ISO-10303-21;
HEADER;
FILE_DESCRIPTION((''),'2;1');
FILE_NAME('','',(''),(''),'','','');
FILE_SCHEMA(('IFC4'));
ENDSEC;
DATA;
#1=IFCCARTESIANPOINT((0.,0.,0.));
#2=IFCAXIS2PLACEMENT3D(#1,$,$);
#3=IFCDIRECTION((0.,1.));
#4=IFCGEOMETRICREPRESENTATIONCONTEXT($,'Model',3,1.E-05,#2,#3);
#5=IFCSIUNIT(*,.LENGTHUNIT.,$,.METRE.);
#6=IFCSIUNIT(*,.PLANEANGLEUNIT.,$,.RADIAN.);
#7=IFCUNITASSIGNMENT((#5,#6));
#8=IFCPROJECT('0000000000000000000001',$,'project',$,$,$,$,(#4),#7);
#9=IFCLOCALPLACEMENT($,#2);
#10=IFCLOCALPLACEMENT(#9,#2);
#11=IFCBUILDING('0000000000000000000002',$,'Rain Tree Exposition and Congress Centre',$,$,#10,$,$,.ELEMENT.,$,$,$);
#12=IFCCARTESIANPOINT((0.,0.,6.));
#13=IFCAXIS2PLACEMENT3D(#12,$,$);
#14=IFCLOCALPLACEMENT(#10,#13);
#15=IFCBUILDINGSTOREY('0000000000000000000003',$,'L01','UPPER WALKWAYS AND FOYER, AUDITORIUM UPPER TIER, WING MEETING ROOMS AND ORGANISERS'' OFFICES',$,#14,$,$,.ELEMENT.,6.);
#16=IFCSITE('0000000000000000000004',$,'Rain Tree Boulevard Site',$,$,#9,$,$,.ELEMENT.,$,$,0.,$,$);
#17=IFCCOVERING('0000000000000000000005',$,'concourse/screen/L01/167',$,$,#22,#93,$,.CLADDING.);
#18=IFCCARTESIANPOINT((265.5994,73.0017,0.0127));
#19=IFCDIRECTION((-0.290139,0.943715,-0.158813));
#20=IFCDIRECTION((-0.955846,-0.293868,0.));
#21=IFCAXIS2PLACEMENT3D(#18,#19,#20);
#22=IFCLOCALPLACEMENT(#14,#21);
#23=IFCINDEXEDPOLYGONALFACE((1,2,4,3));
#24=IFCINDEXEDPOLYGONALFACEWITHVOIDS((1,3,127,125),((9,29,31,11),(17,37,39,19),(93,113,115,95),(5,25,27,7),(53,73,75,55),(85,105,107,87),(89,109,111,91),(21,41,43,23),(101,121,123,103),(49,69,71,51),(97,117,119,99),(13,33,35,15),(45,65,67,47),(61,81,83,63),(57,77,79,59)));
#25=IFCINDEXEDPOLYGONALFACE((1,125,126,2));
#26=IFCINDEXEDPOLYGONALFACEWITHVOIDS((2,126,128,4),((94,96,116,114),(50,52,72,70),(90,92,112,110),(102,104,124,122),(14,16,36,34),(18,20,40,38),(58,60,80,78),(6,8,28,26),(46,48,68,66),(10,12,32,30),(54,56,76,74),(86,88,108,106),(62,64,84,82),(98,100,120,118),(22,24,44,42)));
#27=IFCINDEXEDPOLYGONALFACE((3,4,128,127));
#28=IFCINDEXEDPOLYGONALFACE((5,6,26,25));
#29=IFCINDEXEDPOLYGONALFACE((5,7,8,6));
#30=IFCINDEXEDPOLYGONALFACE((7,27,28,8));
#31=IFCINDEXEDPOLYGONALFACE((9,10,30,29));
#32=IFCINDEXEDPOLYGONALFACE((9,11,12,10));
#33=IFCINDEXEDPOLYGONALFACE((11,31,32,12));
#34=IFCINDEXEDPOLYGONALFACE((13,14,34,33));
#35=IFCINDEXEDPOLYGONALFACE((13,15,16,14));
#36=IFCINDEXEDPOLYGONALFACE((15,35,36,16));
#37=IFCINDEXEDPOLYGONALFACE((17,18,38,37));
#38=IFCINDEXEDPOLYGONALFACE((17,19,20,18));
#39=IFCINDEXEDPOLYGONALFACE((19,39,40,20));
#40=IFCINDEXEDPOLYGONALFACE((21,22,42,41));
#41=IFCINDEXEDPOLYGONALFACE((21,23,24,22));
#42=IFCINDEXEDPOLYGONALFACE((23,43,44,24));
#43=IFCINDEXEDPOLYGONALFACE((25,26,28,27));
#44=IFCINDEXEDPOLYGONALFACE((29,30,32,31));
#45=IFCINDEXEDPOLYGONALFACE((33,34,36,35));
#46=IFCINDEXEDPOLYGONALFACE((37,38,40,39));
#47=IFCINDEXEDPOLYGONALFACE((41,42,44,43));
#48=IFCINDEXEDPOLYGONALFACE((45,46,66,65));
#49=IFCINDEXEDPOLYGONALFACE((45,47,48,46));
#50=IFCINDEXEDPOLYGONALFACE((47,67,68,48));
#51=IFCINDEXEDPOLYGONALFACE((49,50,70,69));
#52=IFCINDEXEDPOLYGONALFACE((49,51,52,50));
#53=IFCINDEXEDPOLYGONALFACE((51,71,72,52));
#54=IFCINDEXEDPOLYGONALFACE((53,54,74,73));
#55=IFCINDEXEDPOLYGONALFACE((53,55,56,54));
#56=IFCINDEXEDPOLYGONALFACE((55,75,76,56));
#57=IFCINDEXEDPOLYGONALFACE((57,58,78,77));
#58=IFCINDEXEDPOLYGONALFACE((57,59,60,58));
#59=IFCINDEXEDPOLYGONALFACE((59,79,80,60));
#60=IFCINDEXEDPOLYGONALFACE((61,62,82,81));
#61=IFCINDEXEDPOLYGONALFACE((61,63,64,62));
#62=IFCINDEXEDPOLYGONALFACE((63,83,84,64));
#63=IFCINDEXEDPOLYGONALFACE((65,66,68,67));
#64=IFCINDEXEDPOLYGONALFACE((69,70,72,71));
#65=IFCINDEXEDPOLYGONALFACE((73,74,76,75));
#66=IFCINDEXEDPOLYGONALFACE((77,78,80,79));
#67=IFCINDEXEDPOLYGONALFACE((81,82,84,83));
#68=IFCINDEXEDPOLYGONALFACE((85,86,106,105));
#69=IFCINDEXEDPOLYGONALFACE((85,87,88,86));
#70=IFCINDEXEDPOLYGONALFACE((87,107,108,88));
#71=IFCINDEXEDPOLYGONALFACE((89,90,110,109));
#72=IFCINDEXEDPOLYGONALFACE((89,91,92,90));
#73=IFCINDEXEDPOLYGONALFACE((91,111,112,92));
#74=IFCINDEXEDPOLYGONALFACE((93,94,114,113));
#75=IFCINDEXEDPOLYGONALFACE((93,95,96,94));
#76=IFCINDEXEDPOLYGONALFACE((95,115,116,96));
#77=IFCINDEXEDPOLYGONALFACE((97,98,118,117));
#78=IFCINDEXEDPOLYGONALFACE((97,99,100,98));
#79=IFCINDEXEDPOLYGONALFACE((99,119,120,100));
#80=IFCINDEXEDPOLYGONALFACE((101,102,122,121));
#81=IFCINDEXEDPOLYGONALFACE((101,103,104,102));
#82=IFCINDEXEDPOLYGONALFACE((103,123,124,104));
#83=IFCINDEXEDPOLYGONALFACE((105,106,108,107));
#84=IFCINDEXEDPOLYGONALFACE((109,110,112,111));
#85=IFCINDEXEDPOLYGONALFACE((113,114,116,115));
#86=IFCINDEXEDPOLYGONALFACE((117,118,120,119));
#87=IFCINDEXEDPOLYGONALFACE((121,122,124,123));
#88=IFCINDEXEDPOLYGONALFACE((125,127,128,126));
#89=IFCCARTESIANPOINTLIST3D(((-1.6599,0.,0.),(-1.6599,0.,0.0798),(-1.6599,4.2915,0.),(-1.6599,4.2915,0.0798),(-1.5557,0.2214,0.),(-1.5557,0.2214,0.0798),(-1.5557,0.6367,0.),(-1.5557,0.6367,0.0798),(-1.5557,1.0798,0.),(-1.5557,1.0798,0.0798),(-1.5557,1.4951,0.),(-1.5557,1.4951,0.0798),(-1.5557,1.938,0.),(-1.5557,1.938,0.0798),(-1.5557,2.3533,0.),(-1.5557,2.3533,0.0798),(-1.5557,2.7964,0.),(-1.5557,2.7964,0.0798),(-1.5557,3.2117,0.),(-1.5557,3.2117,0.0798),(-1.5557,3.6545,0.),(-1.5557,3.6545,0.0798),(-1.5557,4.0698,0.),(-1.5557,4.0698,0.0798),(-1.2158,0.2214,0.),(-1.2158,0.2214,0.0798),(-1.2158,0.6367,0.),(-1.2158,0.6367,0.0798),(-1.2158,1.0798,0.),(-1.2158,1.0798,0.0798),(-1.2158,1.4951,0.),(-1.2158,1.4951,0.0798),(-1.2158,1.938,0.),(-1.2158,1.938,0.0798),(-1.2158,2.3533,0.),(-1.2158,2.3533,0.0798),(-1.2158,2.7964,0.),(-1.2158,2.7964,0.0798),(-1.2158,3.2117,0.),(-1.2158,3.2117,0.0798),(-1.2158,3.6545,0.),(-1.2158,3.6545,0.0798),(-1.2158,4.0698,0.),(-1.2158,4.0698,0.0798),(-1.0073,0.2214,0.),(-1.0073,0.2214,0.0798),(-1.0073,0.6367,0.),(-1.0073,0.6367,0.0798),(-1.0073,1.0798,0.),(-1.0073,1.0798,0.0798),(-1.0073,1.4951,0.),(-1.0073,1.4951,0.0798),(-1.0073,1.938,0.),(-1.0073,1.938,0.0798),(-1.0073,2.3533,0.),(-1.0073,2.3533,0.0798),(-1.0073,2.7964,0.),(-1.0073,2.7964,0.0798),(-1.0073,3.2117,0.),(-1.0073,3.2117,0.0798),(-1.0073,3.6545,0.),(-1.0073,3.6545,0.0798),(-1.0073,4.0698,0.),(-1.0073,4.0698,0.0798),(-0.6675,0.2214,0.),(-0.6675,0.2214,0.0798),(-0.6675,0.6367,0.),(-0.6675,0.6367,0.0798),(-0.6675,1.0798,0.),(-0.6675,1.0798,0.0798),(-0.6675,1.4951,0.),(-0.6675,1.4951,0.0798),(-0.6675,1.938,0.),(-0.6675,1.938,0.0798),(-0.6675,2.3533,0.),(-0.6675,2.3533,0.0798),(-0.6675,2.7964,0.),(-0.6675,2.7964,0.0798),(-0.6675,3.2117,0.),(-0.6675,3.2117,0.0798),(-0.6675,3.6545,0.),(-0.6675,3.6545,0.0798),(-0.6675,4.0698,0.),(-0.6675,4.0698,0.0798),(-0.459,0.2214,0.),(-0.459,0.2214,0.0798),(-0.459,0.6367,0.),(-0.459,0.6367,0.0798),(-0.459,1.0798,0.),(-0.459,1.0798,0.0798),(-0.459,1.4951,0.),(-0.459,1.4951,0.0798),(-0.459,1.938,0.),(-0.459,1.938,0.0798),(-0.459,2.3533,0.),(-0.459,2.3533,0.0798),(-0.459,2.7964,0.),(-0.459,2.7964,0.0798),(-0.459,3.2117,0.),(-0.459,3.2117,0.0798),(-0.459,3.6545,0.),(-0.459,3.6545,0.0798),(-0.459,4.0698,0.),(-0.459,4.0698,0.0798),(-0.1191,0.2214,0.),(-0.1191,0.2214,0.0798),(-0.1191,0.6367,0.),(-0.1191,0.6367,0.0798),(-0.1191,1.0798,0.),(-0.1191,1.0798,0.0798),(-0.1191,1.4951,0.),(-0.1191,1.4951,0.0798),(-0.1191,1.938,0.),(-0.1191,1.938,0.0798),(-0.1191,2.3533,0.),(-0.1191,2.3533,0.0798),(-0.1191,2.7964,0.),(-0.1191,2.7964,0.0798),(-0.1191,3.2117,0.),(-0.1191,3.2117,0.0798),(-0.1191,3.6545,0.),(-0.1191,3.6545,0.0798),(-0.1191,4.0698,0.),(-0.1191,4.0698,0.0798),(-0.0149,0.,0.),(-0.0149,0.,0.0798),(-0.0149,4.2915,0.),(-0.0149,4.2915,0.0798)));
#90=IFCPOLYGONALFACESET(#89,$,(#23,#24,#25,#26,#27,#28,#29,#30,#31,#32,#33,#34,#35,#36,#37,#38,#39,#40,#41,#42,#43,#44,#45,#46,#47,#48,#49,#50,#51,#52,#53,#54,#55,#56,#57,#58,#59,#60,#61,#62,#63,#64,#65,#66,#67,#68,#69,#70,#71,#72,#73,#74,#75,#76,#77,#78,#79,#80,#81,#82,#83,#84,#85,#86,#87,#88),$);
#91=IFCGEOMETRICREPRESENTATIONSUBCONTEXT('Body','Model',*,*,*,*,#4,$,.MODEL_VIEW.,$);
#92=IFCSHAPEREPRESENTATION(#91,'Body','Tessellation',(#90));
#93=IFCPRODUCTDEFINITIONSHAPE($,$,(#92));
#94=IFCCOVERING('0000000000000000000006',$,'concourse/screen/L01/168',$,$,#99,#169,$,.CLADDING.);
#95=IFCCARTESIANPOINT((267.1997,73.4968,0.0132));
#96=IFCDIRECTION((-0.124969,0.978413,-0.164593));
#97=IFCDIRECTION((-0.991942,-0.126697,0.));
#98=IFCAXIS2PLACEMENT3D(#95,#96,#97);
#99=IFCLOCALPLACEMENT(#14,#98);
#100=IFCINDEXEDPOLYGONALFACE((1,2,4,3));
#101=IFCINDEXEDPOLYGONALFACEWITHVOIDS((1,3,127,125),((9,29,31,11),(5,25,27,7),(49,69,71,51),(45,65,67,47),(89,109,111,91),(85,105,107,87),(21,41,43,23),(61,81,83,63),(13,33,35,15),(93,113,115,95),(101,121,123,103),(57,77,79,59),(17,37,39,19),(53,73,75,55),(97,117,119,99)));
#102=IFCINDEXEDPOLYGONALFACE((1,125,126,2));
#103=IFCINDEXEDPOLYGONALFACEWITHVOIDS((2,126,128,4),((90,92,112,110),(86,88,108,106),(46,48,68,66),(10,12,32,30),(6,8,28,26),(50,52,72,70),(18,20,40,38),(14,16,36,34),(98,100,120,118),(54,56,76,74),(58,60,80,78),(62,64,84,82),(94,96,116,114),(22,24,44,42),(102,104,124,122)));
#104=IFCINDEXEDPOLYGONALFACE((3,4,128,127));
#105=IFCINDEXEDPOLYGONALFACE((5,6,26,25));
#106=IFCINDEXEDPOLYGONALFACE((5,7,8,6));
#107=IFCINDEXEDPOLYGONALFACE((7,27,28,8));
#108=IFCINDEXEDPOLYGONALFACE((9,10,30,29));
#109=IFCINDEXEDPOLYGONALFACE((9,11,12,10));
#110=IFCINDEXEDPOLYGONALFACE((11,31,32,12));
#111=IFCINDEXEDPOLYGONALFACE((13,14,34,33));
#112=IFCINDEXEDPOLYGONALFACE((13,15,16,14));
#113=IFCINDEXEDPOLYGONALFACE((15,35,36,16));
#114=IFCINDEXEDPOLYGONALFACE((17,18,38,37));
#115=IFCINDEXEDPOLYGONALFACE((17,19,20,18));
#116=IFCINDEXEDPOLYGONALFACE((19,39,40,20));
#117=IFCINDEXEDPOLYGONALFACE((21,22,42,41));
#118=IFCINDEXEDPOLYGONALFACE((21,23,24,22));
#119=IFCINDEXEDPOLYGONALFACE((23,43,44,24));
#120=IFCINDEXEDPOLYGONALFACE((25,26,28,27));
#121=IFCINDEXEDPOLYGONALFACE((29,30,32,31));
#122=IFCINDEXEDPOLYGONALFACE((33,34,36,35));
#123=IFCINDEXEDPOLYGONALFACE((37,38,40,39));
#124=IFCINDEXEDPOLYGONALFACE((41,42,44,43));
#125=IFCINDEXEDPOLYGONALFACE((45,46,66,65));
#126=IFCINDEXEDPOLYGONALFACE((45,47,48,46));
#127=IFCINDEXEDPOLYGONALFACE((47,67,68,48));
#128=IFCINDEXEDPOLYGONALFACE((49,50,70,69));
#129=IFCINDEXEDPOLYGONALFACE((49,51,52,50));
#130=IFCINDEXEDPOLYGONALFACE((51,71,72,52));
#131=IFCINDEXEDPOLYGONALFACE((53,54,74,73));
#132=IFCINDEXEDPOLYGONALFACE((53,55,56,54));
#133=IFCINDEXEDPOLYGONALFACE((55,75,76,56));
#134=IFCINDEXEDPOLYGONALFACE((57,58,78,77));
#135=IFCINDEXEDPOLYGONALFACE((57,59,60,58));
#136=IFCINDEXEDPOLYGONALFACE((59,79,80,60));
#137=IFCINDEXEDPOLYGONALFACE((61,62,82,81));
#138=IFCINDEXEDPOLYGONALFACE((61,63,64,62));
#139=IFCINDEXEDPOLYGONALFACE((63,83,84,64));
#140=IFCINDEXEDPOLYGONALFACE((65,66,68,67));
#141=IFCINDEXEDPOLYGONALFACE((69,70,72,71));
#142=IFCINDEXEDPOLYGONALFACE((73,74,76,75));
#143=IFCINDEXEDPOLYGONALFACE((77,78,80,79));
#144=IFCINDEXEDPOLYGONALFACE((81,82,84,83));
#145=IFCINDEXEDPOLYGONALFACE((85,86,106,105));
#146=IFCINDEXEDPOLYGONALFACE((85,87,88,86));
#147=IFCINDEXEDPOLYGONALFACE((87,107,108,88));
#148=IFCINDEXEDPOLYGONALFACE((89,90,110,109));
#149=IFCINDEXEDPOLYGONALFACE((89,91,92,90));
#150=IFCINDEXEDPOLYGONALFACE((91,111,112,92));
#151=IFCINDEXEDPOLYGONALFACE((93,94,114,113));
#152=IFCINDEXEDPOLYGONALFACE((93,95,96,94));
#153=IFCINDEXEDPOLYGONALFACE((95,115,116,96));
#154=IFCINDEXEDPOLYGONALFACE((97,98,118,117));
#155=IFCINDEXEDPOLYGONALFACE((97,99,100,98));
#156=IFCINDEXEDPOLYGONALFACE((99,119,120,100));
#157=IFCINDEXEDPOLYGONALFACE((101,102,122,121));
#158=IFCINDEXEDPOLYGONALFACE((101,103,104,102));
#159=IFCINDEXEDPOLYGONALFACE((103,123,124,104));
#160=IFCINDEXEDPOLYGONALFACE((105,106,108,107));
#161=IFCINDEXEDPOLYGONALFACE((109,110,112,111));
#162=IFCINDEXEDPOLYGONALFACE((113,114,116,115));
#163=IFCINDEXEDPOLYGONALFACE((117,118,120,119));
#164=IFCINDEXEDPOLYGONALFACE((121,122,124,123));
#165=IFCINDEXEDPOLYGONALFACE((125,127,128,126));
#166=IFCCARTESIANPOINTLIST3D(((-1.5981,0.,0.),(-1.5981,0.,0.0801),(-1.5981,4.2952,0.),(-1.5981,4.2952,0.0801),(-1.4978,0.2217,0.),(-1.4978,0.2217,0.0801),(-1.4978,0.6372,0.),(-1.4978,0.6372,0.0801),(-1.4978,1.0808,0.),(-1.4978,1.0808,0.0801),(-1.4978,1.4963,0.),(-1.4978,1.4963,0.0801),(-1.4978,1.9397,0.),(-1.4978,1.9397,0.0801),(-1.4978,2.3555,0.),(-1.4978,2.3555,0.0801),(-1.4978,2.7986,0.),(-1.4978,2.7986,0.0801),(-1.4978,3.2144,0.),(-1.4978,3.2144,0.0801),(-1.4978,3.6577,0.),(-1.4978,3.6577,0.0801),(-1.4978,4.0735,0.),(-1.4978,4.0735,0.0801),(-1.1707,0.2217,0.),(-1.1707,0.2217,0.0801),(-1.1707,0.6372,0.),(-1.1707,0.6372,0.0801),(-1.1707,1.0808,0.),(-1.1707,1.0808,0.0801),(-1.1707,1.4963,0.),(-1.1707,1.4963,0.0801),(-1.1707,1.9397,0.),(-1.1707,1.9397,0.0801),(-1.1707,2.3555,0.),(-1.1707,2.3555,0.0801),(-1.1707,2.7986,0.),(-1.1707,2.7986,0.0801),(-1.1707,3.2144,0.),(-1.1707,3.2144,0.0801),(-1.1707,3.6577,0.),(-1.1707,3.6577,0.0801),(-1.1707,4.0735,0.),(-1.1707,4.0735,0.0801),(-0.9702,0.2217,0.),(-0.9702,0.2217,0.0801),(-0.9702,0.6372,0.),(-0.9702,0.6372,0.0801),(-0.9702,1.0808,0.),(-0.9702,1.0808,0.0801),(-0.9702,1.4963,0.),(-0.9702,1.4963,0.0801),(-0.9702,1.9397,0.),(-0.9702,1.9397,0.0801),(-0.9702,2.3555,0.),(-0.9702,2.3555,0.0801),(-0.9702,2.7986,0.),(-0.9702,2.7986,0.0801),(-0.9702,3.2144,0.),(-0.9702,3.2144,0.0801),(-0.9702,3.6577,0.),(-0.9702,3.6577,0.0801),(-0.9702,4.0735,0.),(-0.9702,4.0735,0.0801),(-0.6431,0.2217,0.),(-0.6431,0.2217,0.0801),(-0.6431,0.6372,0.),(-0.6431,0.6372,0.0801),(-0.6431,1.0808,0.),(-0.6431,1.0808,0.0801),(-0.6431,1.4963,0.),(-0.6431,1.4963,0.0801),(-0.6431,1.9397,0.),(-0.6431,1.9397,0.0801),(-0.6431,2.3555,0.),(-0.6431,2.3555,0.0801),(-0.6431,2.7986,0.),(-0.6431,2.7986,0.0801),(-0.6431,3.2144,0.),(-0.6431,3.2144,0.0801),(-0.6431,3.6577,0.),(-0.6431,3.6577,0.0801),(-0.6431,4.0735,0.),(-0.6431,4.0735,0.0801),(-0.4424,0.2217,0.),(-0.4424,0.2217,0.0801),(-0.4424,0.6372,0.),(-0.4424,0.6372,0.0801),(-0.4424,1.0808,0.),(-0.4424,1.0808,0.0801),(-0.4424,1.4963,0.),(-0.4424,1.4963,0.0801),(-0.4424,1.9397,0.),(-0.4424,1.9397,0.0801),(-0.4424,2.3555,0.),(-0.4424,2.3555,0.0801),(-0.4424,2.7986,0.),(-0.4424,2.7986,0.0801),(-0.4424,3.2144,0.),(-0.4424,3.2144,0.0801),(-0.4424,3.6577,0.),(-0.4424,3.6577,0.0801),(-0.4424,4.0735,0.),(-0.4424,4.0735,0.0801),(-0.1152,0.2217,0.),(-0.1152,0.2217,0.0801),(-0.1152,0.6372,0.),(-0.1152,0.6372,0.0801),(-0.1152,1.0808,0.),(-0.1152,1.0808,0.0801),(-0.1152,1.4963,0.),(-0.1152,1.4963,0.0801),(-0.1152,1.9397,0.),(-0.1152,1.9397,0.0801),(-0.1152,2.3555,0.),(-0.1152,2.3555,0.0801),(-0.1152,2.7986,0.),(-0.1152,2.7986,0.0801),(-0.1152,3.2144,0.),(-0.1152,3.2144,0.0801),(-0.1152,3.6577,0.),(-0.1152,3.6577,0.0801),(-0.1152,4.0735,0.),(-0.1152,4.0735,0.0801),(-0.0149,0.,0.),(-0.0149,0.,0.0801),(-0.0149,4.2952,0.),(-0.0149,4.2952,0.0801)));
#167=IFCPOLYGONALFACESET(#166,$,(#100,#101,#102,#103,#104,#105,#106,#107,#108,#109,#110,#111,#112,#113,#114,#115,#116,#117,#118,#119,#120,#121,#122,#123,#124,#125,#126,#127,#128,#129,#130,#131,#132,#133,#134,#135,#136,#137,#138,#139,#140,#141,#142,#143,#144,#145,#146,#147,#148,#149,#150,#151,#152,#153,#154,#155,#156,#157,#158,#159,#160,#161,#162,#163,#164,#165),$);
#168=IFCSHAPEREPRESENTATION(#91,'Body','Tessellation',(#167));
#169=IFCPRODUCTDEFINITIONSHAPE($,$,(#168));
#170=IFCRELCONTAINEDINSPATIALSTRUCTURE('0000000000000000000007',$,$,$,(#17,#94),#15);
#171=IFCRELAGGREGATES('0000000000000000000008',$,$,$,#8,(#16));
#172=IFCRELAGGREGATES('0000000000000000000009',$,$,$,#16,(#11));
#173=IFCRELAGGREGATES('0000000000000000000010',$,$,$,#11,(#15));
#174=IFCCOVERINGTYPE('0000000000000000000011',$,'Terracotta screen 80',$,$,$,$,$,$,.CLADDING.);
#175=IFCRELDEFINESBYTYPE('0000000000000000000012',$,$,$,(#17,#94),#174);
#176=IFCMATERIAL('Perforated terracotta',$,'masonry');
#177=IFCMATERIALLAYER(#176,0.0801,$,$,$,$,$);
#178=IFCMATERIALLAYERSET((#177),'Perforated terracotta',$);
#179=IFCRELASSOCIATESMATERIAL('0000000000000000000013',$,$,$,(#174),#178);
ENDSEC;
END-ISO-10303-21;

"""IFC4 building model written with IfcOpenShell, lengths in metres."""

from ifc_helpers import new_model, si_unit, direction, frame, origin, place, context, subcontext, project, spatial, polyline, outline, extrude, material, layer, layer_set, type_object, element, save


model = new_model("IFC4")

# Units and contexts
model_context = context("Model", 3, precision=1e-05, world=origin(), true_north=direction((0.0, 1.0)))
body_context = subcontext(model_context, "Body", "Model", "MODEL_VIEW")
ifc_project = project(units=[si_unit("LENGTHUNIT", "METRE"), si_unit("PLANEANGLEUNIT", "RADIAN")], contexts=[model_context])

# Site, building, storey
site_placement = place(None, origin())
site = spatial("IfcSite", under=ifc_project, at=site_placement, Name="Rain Tree Boulevard Site", CompositionType="ELEMENT", RefElevation=0.0)
building_placement = place(site_placement, origin())
building = spatial("IfcBuilding", under=site, at=building_placement, Name="Rain Tree Exposition and Congress Centre", CompositionType="ELEMENT")
storey_placement = place(building_placement, frame((0.0, 0.0, 6.0)))
storey = spatial("IfcBuildingStorey", under=building, at=storey_placement, Name="L01", Description="UPPER WALKWAYS AND FOYER, AUDITORIUM UPPER TIER, WING MEETING ROOMS AND ORGANISERS' OFFICES", CompositionType="ELEMENT", Elevation=6.0)

# Coverings
ifc_material_1 = material(Name="Perforated terracotta", Category="masonry")
ifc_layer = layer(ifc_material_1, 0.0801)
ifc_layer_set = layer_set([ifc_layer], Name="Perforated terracotta")
covering_type = type_object("IfcCoveringType", Name="Terracotta screen 80", PredefinedType="CLADDING", material=ifc_layer_set)
covering_1_placement = place(storey_placement, frame((265.5994, 73.0017, 0.0127), z_axis=(-0.290139, 0.943715, -0.158813), x_axis=(-0.955846, -0.293868, 0.0)))
element("IfcCovering", 1, at=covering_1_placement, inside=storey, type_object=covering_type, Name="concourse/screen/L01/167", PredefinedType="CLADDING", context=body_context, shape_type="SweptSolid", body=[
    extrude(outline(polyline([(-1.6599, 0.0), (-1.6599, 4.2915), (-0.0149, 4.2915), (-0.0149, 0.0), (-1.6599, 0.0)]), holes=[polyline([(-0.1191, 0.2214), (-0.1191, 0.6367), (-0.459, 0.6367), (-0.459, 0.2214), (-0.1191, 0.2214)]), polyline([(-0.1191, 1.0798), (-0.1191, 1.4951), (-0.459, 1.4951), (-0.459, 1.0798), (-0.1191, 1.0798)]), polyline([(-0.1191, 1.938), (-0.1191, 2.3533), (-0.459, 2.3533), (-0.459, 1.938), (-0.1191, 1.938)]), polyline([(-0.1191, 2.7964), (-0.1191, 3.2117), (-0.459, 3.2117), (-0.459, 2.7964), (-0.1191, 2.7964)]), polyline([(-0.1191, 3.6545), (-0.1191, 4.0698), (-0.459, 4.0698), (-0.459, 3.6545), (-0.1191, 3.6545)]), polyline([(-0.6675, 0.2214), (-0.6675, 0.6367), (-1.0073, 0.6367), (-1.0073, 0.2214), (-0.6675, 0.2214)]), polyline([(-0.6675, 1.0798), (-0.6675, 1.4951), (-1.0073, 1.4951), (-1.0073, 1.0798), (-0.6675, 1.0798)]), polyline([(-0.6675, 1.938), (-0.6675, 2.3533), (-1.0073, 2.3533), (-1.0073, 1.938), (-0.6675, 1.938)]), polyline([(-0.6675, 2.7964), (-0.6675, 3.2117), (-1.0073, 3.2117), (-1.0073, 2.7964), (-0.6675, 2.7964)]), polyline([(-0.6675, 3.6545), (-0.6675, 4.0698), (-1.0073, 4.0698), (-1.0073, 3.6545), (-0.6675, 3.6545)]), polyline([(-1.2158, 0.2214), (-1.2158, 0.6367), (-1.5557, 0.6367), (-1.5557, 0.2214), (-1.2158, 0.2214)]), polyline([(-1.2158, 1.0798), (-1.2158, 1.4951), (-1.5557, 1.4951), (-1.5557, 1.0798), (-1.2158, 1.0798)]), polyline([(-1.2158, 1.938), (-1.2158, 2.3533), (-1.5557, 2.3533), (-1.5557, 1.938), (-1.2158, 1.938)]), polyline([(-1.2158, 2.7964), (-1.2158, 3.2117), (-1.5557, 3.2117), (-1.5557, 2.7964), (-1.2158, 2.7964)]), polyline([(-1.2158, 3.6545), (-1.2158, 4.0698), (-1.5557, 4.0698), (-1.5557, 3.6545), (-1.2158, 3.6545)])]), origin(), (0.0, 0.0, 1.0), 0.0798),
])
covering_2_placement = place(storey_placement, frame((267.1997, 73.4968, 0.0132), z_axis=(-0.124969, 0.978413, -0.164593), x_axis=(-0.991942, -0.126697, 0.0)))
element("IfcCovering", 2, at=covering_2_placement, inside=storey, type_object=covering_type, Name="concourse/screen/L01/168", PredefinedType="CLADDING", context=body_context, shape_type="SweptSolid", body=[
    extrude(outline(polyline([(-1.5981, 0.0), (-1.5981, 4.2952), (-0.0149, 4.2952), (-0.0149, 0.0), (-1.5981, 0.0)]), holes=[polyline([(-0.1152, 0.2217), (-0.1152, 0.6372), (-0.4424, 0.6372), (-0.4424, 0.2217), (-0.1152, 0.2217)]), polyline([(-0.1152, 1.0808), (-0.1152, 1.4963), (-0.4424, 1.4963), (-0.4424, 1.0808), (-0.1152, 1.0808)]), polyline([(-0.1152, 1.9397), (-0.1152, 2.3555), (-0.4424, 2.3555), (-0.4424, 1.9397), (-0.1152, 1.9397)]), polyline([(-0.1152, 2.7986), (-0.1152, 3.2144), (-0.4424, 3.2144), (-0.4424, 2.7986), (-0.1152, 2.7986)]), polyline([(-0.1152, 3.6577), (-0.1152, 4.0735), (-0.4424, 4.0735), (-0.4424, 3.6577), (-0.1152, 3.6577)]), polyline([(-0.6431, 0.2217), (-0.6431, 0.6372), (-0.9702, 0.6372), (-0.9702, 0.2217), (-0.6431, 0.2217)]), polyline([(-0.6431, 1.0808), (-0.6431, 1.4963), (-0.9702, 1.4963), (-0.9702, 1.0808), (-0.6431, 1.0808)]), polyline([(-0.6431, 1.9397), (-0.6431, 2.3555), (-0.9702, 2.3555), (-0.9702, 1.9397), (-0.6431, 1.9397)]), polyline([(-0.6431, 2.7986), (-0.6431, 3.2144), (-0.9702, 3.2144), (-0.9702, 2.7986), (-0.6431, 2.7986)]), polyline([(-0.6431, 3.6577), (-0.6431, 4.0735), (-0.9702, 4.0735), (-0.9702, 3.6577), (-0.6431, 3.6577)]), polyline([(-1.1707, 0.2217), (-1.1707, 0.6372), (-1.4978, 0.6372), (-1.4978, 0.2217), (-1.1707, 0.2217)]), polyline([(-1.1707, 1.0808), (-1.1707, 1.4963), (-1.4978, 1.4963), (-1.4978, 1.0808), (-1.1707, 1.0808)]), polyline([(-1.1707, 1.9397), (-1.1707, 2.3555), (-1.4978, 2.3555), (-1.4978, 1.9397), (-1.1707, 1.9397)]), polyline([(-1.1707, 2.7986), (-1.1707, 3.2144), (-1.4978, 3.2144), (-1.4978, 2.7986), (-1.1707, 2.7986)]), polyline([(-1.1707, 3.6577), (-1.1707, 4.0735), (-1.4978, 4.0735), (-1.4978, 3.6577), (-1.1707, 3.6577)])]), origin(), (0.0, 0.0, 1.0), 0.0801),
])

save(model, "model.ifc")
